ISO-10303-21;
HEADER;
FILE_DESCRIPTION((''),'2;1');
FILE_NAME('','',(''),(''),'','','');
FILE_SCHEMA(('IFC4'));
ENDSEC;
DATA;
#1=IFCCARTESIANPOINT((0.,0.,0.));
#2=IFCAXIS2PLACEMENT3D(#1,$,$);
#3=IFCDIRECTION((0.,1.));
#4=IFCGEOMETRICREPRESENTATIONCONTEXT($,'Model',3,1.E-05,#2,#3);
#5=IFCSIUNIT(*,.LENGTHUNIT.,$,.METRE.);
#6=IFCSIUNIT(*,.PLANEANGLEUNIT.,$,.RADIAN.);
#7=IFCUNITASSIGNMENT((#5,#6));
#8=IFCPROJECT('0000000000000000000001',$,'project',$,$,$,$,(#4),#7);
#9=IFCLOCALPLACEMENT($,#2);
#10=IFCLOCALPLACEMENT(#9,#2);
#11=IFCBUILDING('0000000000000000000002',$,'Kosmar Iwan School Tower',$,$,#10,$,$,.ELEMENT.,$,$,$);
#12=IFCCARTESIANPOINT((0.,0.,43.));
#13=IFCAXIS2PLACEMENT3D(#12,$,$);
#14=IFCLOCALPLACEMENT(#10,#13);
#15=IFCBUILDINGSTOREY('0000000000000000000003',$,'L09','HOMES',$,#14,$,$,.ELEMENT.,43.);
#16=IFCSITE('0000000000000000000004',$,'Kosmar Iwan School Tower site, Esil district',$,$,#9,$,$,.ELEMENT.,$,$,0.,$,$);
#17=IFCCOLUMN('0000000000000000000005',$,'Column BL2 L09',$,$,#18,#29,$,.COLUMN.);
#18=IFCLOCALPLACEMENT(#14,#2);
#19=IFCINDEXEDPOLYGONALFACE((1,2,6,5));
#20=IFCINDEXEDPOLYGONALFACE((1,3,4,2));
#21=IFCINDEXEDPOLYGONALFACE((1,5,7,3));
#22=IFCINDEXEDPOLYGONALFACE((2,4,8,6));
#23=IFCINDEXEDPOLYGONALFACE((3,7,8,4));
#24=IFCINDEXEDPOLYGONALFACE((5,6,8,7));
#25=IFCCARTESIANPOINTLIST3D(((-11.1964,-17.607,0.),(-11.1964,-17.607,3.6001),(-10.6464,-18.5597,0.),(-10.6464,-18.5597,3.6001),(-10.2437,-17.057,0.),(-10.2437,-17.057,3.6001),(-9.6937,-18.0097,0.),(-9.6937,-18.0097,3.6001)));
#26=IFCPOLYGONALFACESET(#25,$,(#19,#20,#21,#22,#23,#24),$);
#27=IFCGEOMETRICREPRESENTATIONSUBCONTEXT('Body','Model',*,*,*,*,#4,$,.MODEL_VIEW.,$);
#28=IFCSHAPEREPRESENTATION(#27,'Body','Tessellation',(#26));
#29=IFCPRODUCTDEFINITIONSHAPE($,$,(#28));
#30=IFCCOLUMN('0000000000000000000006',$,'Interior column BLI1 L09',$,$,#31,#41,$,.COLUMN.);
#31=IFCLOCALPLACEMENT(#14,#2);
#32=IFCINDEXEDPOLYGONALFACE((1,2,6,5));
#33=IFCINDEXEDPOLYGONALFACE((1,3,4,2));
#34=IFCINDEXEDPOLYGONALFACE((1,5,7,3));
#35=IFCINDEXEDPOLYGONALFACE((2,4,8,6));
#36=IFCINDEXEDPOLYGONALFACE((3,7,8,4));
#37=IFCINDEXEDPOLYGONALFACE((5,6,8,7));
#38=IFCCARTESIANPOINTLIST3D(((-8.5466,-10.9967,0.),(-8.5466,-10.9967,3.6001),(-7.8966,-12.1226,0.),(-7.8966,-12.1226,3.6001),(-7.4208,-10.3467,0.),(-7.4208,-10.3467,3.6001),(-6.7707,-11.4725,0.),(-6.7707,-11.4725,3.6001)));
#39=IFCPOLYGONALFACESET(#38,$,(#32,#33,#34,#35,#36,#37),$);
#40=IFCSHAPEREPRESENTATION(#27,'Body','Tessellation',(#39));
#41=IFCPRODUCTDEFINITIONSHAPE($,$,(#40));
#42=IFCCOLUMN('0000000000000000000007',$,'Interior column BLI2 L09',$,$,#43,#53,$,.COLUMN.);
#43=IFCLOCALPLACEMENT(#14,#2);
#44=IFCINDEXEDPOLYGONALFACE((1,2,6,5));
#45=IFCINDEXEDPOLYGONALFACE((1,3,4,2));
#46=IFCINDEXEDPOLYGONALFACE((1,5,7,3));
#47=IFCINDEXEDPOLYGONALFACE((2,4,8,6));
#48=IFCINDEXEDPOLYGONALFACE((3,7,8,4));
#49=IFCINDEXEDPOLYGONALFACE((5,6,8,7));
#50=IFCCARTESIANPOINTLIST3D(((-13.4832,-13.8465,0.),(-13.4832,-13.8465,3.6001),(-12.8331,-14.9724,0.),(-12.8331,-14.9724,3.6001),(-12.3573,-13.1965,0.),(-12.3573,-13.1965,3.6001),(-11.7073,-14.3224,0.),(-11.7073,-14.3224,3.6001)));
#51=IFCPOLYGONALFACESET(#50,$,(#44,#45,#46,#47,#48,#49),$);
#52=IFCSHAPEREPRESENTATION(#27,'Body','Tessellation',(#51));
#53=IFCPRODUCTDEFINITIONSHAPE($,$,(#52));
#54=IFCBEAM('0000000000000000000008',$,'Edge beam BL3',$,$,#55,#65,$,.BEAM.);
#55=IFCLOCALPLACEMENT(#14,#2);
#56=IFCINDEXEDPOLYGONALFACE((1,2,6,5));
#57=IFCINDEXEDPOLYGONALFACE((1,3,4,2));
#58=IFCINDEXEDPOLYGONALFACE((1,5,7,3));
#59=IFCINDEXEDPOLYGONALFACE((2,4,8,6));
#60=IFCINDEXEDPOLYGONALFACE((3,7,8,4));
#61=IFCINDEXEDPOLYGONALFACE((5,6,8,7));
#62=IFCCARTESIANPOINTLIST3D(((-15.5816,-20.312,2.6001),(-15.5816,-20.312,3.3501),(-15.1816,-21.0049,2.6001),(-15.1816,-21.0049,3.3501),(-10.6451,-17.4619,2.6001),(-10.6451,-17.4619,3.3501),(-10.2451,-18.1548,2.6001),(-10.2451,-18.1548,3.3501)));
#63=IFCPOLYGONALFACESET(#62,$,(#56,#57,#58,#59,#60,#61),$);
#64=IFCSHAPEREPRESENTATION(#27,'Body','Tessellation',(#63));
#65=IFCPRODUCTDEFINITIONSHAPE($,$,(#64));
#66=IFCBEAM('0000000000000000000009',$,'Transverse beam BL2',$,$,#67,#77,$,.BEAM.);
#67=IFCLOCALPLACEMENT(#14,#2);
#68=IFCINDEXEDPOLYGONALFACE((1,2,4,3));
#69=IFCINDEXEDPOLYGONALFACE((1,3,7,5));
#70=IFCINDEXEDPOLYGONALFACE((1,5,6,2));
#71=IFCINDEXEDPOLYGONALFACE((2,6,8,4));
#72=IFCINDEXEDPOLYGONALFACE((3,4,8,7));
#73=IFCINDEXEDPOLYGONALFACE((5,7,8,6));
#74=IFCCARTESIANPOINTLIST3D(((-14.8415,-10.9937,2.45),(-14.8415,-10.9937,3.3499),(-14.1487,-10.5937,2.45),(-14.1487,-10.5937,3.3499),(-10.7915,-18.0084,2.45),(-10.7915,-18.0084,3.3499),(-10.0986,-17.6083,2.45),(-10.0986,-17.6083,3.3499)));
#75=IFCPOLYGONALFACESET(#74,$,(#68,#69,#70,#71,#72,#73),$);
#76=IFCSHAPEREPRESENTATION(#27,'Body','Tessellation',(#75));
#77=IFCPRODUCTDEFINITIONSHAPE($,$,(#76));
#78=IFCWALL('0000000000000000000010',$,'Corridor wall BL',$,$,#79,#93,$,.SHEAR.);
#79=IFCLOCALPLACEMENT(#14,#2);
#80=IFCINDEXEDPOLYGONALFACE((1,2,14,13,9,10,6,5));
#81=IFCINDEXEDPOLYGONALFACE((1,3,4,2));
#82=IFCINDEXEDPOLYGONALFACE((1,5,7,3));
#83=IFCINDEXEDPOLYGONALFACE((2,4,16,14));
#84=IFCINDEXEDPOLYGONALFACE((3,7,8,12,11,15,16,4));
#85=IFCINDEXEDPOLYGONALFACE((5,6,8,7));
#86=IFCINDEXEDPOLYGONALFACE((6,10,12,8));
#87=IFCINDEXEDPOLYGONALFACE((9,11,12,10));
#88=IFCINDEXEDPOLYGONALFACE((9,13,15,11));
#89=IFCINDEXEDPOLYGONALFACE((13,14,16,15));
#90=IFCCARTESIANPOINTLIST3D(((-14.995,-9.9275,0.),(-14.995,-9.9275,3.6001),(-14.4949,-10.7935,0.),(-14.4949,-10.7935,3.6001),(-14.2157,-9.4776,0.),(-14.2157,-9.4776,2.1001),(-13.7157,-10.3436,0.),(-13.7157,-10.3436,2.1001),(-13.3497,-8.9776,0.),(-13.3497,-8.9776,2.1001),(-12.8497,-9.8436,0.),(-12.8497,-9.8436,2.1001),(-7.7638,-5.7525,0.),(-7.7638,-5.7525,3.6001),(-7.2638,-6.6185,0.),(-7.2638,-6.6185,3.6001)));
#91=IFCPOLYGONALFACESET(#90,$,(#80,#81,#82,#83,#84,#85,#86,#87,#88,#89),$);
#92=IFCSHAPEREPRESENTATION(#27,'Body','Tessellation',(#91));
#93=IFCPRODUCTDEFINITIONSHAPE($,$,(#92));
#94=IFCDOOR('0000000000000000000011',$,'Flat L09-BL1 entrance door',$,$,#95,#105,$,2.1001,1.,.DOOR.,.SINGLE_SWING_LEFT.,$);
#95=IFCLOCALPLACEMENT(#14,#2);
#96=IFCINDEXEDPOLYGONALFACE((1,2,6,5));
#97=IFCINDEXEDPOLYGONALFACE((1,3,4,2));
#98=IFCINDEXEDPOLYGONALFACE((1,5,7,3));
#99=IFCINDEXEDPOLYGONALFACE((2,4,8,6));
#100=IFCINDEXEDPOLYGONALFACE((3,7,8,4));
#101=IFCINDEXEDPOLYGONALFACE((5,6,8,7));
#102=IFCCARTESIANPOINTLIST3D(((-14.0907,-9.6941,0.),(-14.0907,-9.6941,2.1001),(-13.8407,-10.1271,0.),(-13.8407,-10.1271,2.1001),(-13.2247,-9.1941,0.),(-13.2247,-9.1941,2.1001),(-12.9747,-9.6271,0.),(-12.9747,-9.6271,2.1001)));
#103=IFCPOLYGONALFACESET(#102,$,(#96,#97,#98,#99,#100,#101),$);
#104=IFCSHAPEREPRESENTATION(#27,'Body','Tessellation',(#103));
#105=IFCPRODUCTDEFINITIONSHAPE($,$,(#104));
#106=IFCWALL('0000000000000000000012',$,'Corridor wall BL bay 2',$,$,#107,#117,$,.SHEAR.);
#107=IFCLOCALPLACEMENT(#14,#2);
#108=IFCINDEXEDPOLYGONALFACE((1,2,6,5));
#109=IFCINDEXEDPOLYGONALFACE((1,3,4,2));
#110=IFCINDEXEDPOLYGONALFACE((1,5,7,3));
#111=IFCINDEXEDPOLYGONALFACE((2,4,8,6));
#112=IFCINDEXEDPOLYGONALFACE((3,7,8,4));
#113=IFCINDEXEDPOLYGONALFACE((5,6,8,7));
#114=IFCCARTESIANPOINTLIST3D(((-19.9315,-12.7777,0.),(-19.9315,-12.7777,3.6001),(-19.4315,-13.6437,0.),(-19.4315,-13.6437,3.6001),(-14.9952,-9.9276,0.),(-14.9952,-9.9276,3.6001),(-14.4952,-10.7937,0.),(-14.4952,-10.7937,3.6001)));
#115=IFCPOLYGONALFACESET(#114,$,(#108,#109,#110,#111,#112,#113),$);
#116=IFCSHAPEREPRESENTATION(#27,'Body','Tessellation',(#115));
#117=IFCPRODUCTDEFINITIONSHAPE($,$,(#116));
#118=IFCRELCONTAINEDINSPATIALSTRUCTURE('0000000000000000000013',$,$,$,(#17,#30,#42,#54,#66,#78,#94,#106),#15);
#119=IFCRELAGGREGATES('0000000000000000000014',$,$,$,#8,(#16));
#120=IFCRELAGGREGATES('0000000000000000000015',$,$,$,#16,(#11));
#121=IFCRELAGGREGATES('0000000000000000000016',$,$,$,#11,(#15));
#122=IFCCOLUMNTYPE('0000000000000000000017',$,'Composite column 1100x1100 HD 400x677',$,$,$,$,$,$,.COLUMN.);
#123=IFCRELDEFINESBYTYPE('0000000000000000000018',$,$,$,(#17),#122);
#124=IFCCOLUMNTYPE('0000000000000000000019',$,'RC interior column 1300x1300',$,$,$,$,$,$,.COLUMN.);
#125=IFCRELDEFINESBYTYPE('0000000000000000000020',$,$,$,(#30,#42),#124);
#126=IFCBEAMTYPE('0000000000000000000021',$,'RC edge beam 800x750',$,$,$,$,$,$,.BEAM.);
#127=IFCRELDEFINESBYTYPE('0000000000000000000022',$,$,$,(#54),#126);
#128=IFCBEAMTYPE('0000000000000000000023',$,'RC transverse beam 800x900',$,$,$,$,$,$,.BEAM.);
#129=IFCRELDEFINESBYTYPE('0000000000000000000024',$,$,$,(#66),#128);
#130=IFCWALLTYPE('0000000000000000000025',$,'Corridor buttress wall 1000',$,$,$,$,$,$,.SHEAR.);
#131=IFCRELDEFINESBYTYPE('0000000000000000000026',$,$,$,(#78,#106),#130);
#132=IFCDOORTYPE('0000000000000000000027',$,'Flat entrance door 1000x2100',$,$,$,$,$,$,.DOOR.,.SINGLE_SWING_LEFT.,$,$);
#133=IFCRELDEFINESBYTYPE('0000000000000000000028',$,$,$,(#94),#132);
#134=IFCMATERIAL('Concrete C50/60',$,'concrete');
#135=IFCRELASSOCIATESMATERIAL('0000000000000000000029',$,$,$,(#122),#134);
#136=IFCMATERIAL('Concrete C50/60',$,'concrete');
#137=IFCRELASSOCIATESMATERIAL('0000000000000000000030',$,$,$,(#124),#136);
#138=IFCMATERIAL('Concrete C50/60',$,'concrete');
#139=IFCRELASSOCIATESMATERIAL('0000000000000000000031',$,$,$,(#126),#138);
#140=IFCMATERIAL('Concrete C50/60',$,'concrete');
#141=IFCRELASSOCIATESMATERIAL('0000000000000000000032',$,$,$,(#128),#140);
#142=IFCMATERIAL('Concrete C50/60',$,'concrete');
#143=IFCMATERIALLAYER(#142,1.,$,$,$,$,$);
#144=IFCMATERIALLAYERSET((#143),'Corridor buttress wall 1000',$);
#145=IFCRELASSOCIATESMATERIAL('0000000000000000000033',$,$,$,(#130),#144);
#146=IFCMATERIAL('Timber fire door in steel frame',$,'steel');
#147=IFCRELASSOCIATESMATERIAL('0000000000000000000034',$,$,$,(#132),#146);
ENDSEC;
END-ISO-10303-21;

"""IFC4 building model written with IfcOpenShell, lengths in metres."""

from ifc_helpers import new_model, si_unit, direction, frame, frame_2d, origin, origin_2d, place, context, subcontext, project, spatial, rectangle, extrude, material, layer, layer_set, material_profile, profile_set, type_object, element, fill, save


model = new_model("IFC4")

# Units and contexts
model_context = context("Model", 3, precision=1e-05, world=origin(), true_north=direction((0.0, 1.0)))
body_context = subcontext(model_context, "Body", "Model", "MODEL_VIEW")
ifc_project = project(units=[si_unit("LENGTHUNIT", "METRE"), si_unit("PLANEANGLEUNIT", "RADIAN")], contexts=[model_context])

# Site, building, storey
site_placement = place(None, origin())
site = spatial("IfcSite", under=ifc_project, at=site_placement, Name="Kosmar Iwan School Tower site, Esil district", CompositionType="ELEMENT", RefElevation=0.0)
building_placement = place(site_placement, origin())
building = spatial("IfcBuilding", under=site, at=building_placement, Name="Kosmar Iwan School Tower", CompositionType="ELEMENT")
storey_placement = place(building_placement, frame((0.0, 0.0, 43.0)))
storey = spatial("IfcBuildingStorey", under=building, at=storey_placement, Name="L09", Description="HOMES", CompositionType="ELEMENT", Elevation=43.0)

# Columns
ifc_material_1 = material(Name="Concrete C50/60", Category="concrete")
ifc_material_profile_1 = material_profile(ifc_material_1, rectangle(XDim=1.1001, YDim=1.1001, at=origin_2d()), Name="RC 1100x1100 + HD 400x677")
ifc_profile_set_1 = profile_set([ifc_material_profile_1], Name="Concrete C50/60")
column_type_1 = type_object("IfcColumnType", Name="Composite column 1100x1100 HD 400x677", PredefinedType="COLUMN", material=ifc_profile_set_1)
column_placement = place(storey_placement, frame((-10.4451, -17.8083, 0.0), z_axis=(0.0, 0.0, 1.0), x_axis=(-0.866025, -0.5, 0.0)))
element("IfcColumn", 1, at=column_placement, inside=storey, type_object=column_type_1, Name="Column BL2 L09", PredefinedType="COLUMN", context=body_context, shape_type="SweptSolid", body=[
    extrude(rectangle(XDim=1.1001, YDim=1.1001, at=origin_2d()), origin(), (0.0, 0.0, 1.0), 3.6001),
])
ifc_material_2 = material(Name="Concrete C50/60", Category="concrete")
ifc_material_profile_2 = material_profile(ifc_material_2, rectangle(XDim=1.3, YDim=1.3, at=origin_2d()), Name="RC 1300x1300")
ifc_profile_set_2 = profile_set([ifc_material_profile_2], Name="Concrete C50/60")
column_type_2 = type_object("IfcColumnType", Name="RC interior column 1300x1300", PredefinedType="COLUMN", material=ifc_profile_set_2)
for number, where, z_axis, x_axis, name in (
    (2, (-7.6587, -11.2346, 0.0), (0.0, 0.0, 1.0), (-0.866025, -0.5, 0.0), "Interior column BLI1 L09"),
    (3, (-12.5952, -14.0845, 0.0), (0.0, 0.0, 1.0), (-0.866025, -0.5, 0.0), "Interior column BLI2 L09"),
):
    element("IfcColumn", number, at=place(storey_placement, frame(where, z_axis=z_axis, x_axis=x_axis)), inside=storey, type_object=column_type_2, Name=name, PredefinedType="COLUMN", context=body_context, shape_type="SweptSolid", body=[
        extrude(rectangle(XDim=1.3, YDim=1.3, at=origin_2d()), origin(), (0.0, 0.0, 1.0), 3.6001),
    ])

# Beams
ifc_material_3 = material(Name="Concrete C50/60", Category="concrete")
ifc_material_profile_3 = material_profile(ifc_material_3, rectangle(XDim=0.8, YDim=0.75, at=origin_2d()), Name="RC 800x750")
ifc_profile_set_3 = profile_set([ifc_material_profile_3], Name="Concrete C50/60")
beam_type_1 = type_object("IfcBeamType", Name="RC edge beam 800x750", PredefinedType="BEAM", material=ifc_profile_set_3)
beam_1_placement = place(storey_placement, frame((-10.4451, -17.8083, 2.9751), z_axis=(-0.866026, -0.499999, 0.0), x_axis=(0.499999, -0.866026, 0.0)))
element("IfcBeam", 4, at=beam_1_placement, inside=storey, type_object=beam_type_1, Name="Edge beam BL3", PredefinedType="BEAM", context=body_context, shape_type="SweptSolid", body=[
    extrude(rectangle(XDim=0.8, YDim=0.75, at=origin_2d()), origin(), (0.0, 0.0, 1.0), 5.7002),
])
ifc_material_4 = material(Name="Concrete C50/60", Category="concrete")
ifc_material_profile_4 = material_profile(ifc_material_4, rectangle(XDim=0.8, YDim=0.8999, at=origin_2d()), Name="RC 800x900")
ifc_profile_set_4 = profile_set([ifc_material_profile_4], Name="Concrete C50/60")
beam_type_2 = type_object("IfcBeamType", Name="RC transverse beam 800x900", PredefinedType="BEAM", material=ifc_profile_set_4)
beam_2_placement = place(storey_placement, frame((-10.4451, -17.8083, 2.8999), z_axis=(-0.500013, 0.866018, 0.0), x_axis=(-0.866018, -0.500013, 0.0)))
element("IfcBeam", 5, at=beam_2_placement, inside=storey, type_object=beam_type_2, Name="Transverse beam BL2", PredefinedType="BEAM", context=body_context, shape_type="SweptSolid", body=[
    extrude(rectangle(XDim=0.8, YDim=0.8999, at=origin_2d()), origin(), (0.0, 0.0, 1.0), 8.0999),
])

# Wall, opening, door
ifc_material_5 = material(Name="Concrete C50/60", Category="concrete")
ifc_layer_1 = layer(ifc_material_5, 1.0)
ifc_layer_set_1 = layer_set([ifc_layer_1], Name="Corridor buttress wall 1000")
wall_type_1 = type_object("IfcWallType", Name="Corridor buttress wall 1000", PredefinedType="SHEAR", material=ifc_layer_set_1)
wall_1_placement = place(storey_placement, frame((-7.5139, -6.1855, 0.0), z_axis=(0.0, 0.0, 1.0), x_axis=(-0.86602, -0.50001, 0.0)))
wall_1 = element("IfcWall", 6, at=wall_1_placement, inside=storey, type_object=wall_type_1, Name="Corridor wall BL", PredefinedType="SHEAR", context=body_context, shape_type="SweptSolid", body=[
    extrude(rectangle(XDim=8.3499, YDim=1.0, at=frame_2d((4.1748, 0.0))), origin(), (0.0, 0.0, 1.0), 3.6001),
])
opening_1_placement = place(wall_1_placement, frame((6.45, 0.0, 0.0)))
opening_1 = element("IfcOpeningElement", 7, at=opening_1_placement, cuts=wall_1, PredefinedType="OPENING", context=body_context, shape_type="SweptSolid", body=[
    extrude(rectangle(XDim=1.0, YDim=2.1001, at=frame_2d((0.5, 1.05))), frame((0.0, 0.512, 0.0), z_axis=(0.0, -1.0, 0.0), x_axis=(1.0, 0.0, 0.0)), (0.0, 0.0, 1.0), 1.0239),
])
ifc_material_6 = material(Name="Timber fire door in steel frame", Category="steel")
door_type_1 = type_object("IfcDoorType", Name="Flat entrance door 1000x2100", OperationType="SINGLE_SWING_LEFT", PredefinedType="DOOR", material=ifc_material_6)
door_1_placement = place(opening_1_placement, origin())
door_1 = element("IfcDoor", 8, at=door_1_placement, inside=storey, type_object=door_type_1, Name="Flat L09-BL1 entrance door", OperationType="SINGLE_SWING_LEFT", OverallHeight=2.1001, OverallWidth=1.0, PredefinedType="DOOR", context=body_context, shape_type="SweptSolid", body=[
    extrude(rectangle(XDim=1.0, YDim=2.1001, at=frame_2d((0.5, 1.05))), frame((0.0, 0.25, 0.0), z_axis=(0.0, -1.0, 0.0), x_axis=(1.0, 0.0, 0.0)), (0.0, 0.0, 1.0), 0.5),
])
fill(opening_1, door_1)

# Wall
wall_2_placement = place(storey_placement, frame((-14.7451, -10.3606, 0.0), z_axis=(0.0, 0.0, 1.0), x_axis=(-0.866015, -0.500018, 0.0)))
element("IfcWall", 9, at=wall_2_placement, inside=storey, type_object=wall_type_1, Name="Corridor wall BL bay 2", PredefinedType="SHEAR", context=body_context, shape_type="SweptSolid", body=[
    extrude(rectangle(XDim=5.7, YDim=1.0, at=frame_2d((2.8501, 0.0))), origin(), (0.0, 0.0, 1.0), 3.6001),
])

save(model, "model.ifc")
